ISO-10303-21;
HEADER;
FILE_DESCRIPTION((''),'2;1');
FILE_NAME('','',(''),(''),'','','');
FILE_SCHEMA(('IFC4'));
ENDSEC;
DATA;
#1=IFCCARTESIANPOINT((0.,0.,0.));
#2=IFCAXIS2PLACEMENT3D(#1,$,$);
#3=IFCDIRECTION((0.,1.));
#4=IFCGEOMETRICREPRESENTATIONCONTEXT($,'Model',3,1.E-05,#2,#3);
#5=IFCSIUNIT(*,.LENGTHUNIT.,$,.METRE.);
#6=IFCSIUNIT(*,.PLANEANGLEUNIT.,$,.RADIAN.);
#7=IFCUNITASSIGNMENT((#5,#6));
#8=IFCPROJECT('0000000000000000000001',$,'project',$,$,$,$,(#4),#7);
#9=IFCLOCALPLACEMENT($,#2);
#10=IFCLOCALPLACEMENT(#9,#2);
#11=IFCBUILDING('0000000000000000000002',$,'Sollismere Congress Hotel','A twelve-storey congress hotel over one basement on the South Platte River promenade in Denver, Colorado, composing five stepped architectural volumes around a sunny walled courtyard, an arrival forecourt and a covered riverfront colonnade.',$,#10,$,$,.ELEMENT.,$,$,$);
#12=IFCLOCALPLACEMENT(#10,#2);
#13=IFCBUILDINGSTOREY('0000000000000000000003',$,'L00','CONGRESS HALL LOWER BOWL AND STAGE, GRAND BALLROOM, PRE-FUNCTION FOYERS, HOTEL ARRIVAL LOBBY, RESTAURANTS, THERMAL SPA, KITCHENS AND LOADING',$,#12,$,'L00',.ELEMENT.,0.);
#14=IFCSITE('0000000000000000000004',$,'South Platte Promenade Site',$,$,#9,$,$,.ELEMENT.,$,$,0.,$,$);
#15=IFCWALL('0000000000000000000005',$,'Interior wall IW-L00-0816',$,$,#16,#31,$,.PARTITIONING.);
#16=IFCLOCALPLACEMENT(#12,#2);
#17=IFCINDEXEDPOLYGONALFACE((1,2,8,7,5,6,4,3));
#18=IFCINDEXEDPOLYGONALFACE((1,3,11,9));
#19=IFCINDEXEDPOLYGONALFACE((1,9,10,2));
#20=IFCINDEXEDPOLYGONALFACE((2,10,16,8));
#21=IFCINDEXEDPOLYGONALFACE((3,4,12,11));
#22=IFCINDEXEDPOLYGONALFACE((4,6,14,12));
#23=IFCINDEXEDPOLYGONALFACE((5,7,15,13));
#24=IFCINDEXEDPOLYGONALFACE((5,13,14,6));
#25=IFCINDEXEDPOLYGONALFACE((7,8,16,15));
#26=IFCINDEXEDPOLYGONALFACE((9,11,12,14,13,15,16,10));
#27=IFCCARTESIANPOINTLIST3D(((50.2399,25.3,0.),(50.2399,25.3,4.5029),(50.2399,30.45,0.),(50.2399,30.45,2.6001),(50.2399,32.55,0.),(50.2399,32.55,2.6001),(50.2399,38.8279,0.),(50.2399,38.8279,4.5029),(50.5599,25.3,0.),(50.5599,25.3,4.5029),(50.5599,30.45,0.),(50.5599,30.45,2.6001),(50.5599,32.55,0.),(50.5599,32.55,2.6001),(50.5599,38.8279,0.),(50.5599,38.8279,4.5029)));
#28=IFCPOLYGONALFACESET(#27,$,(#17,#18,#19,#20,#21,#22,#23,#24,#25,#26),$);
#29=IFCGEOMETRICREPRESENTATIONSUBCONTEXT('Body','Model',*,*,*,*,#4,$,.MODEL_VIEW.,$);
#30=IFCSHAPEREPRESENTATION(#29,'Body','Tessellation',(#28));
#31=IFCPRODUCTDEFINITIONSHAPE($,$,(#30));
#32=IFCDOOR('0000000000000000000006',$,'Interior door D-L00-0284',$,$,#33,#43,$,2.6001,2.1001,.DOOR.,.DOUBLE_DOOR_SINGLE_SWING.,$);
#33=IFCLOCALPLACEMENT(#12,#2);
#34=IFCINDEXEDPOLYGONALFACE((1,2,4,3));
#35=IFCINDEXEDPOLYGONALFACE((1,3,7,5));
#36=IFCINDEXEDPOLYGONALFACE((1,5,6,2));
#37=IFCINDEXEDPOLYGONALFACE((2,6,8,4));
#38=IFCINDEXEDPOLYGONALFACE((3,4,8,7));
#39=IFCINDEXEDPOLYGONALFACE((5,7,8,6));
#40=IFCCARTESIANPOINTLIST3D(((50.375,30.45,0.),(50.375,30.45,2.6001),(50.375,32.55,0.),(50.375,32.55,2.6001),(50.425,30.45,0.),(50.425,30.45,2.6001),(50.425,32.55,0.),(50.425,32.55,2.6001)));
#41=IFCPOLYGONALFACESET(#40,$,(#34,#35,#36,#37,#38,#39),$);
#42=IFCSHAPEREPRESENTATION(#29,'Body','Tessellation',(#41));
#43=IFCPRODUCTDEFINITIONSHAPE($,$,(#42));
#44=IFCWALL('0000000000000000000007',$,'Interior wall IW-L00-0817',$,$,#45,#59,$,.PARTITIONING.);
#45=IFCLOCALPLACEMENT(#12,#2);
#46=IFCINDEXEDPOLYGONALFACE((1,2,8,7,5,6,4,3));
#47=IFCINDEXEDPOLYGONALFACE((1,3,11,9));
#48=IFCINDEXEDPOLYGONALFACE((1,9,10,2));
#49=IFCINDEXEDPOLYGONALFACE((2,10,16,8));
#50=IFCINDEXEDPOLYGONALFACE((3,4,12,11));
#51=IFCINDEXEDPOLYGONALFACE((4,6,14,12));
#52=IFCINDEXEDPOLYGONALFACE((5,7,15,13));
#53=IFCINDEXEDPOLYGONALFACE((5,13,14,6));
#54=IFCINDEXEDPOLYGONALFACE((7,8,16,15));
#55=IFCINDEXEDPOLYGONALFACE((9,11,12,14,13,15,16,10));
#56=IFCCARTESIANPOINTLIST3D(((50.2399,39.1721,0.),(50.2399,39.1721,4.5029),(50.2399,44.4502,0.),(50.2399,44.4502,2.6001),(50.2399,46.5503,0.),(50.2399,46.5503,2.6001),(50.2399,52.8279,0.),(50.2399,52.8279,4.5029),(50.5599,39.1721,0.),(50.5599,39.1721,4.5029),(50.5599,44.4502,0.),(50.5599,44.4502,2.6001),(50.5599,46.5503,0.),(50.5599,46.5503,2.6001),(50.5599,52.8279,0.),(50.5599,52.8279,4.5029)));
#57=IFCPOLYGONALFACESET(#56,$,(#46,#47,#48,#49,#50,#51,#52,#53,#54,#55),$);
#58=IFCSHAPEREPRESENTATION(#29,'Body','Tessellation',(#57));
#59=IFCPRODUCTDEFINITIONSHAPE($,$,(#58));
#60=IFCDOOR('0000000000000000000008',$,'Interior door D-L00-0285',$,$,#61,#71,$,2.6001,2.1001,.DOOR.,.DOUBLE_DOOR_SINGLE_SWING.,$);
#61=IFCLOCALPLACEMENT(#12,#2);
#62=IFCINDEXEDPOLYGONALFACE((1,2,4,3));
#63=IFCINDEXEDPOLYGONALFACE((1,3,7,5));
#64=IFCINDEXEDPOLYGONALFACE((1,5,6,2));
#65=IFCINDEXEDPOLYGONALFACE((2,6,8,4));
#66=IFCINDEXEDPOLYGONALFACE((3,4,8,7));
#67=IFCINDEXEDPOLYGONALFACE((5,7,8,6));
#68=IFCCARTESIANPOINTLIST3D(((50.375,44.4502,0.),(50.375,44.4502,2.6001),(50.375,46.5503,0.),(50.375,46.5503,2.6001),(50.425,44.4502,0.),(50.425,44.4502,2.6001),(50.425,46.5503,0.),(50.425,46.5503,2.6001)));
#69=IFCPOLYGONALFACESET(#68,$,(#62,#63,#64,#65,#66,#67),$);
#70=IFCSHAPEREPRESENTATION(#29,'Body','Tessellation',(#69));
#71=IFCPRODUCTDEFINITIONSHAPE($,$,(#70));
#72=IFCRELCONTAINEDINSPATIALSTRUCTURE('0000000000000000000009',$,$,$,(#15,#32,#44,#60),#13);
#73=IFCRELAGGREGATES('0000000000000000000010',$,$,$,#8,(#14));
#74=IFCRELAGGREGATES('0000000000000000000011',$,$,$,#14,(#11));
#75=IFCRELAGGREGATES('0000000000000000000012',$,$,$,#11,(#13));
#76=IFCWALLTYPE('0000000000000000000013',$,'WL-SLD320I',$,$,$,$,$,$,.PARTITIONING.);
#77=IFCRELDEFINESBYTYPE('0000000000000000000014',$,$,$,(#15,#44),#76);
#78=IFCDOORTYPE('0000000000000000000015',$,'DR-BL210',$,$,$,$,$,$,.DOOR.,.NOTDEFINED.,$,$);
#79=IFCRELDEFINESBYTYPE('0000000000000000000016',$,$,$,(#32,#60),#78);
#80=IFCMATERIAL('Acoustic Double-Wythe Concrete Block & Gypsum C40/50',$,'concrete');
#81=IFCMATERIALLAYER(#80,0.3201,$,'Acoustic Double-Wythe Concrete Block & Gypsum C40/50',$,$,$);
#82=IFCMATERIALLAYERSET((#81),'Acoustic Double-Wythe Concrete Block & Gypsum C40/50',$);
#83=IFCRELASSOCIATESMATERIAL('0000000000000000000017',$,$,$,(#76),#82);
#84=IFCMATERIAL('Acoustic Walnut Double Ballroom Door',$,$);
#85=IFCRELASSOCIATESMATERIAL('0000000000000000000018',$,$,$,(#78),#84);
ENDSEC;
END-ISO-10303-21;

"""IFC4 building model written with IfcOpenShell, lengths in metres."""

from ifc_helpers import new_model, si_unit, direction, frame, frame_2d, origin, place, context, subcontext, project, spatial, rectangle, extrude, material, layer, layer_set, type_object, element, fill, save


model = new_model("IFC4")

# Units and contexts
model_context = context("Model", 3, precision=1e-05, world=origin(), true_north=direction((0.0, 1.0)))
body_context = subcontext(model_context, "Body", "Model", "MODEL_VIEW")
ifc_project = project(units=[si_unit("LENGTHUNIT", "METRE"), si_unit("PLANEANGLEUNIT", "RADIAN")], contexts=[model_context])

# Site, building, storey
site_placement = place(None, origin())
site = spatial("IfcSite", under=ifc_project, at=site_placement, Name="South Platte Promenade Site", CompositionType="ELEMENT", RefElevation=0.0)
building_placement = place(site_placement, origin())
building = spatial("IfcBuilding", under=site, at=building_placement, Name="Sollismere Congress Hotel", Description="A twelve-storey congress hotel over one basement on the South Platte River promenade in Denver, Colorado, composing five stepped architectural volumes around a sunny walled courtyard, an arrival forecourt and a covered riverfront colonnade.", CompositionType="ELEMENT")
storey_placement = place(building_placement, origin())
storey = spatial("IfcBuildingStorey", under=building, at=storey_placement, Name="L00", Description="CONGRESS HALL LOWER BOWL AND STAGE, GRAND BALLROOM, PRE-FUNCTION FOYERS, HOTEL ARRIVAL LOBBY, RESTAURANTS, THERMAL SPA, KITCHENS AND LOADING", LongName="L00", CompositionType="ELEMENT", Elevation=0.0)

# Shared definitions
ifc_material_1 = material(Name="Acoustic Double-Wythe Concrete Block & Gypsum C40/50", Category="concrete")
ifc_layer_1 = layer(ifc_material_1, 0.3201, Name="Acoustic Double-Wythe Concrete Block & Gypsum C40/50")
ifc_layer_set_1 = layer_set([ifc_layer_1], Name="Acoustic Double-Wythe Concrete Block & Gypsum C40/50")
wall_type_1 = type_object("IfcWallType", Name="WL-SLD320I", PredefinedType="PARTITIONING", material=ifc_layer_set_1)

# Walls, openings, doors
ifc_material_2 = material(Name="Acoustic Walnut Double Ballroom Door")
door_type = type_object("IfcDoorType", Name="DR-BL210", OperationType="NOTDEFINED", PredefinedType="DOOR", material=ifc_material_2)
wall_1_placement = place(storey_placement, frame((50.3999, 25.3, 0.0), z_axis=(0.0, 0.0, 1.0), x_axis=(0.0, 1.0, 0.0)))
wall_1 = element("IfcWall", 1, at=wall_1_placement, inside=storey, type_object=wall_type_1, Name="Interior wall IW-L00-0816", PredefinedType="PARTITIONING", context=body_context, shape_type="SweptSolid", body=[
    extrude(rectangle(XDim=13.5278, YDim=0.3201, at=frame_2d((6.7639, 0.0))), origin(), (0.0, 0.0, 1.0), 4.5029),
])
opening_1_placement = place(wall_1_placement, frame((5.1499, 0.0, 0.0)))
opening_1 = element("IfcOpeningElement", 2, at=opening_1_placement, cuts=wall_1, PredefinedType="OPENING", context=body_context, shape_type="SweptSolid", body=[
    extrude(rectangle(XDim=2.1001, YDim=2.6001, at=frame_2d((1.05, 1.3))), frame((0.0, 0.1699, 0.0), z_axis=(0.0, -1.0, 0.0), x_axis=(1.0, 0.0, 0.0)), (0.0, 0.0, 1.0), 0.3401),
])
door_1_placement = place(opening_1_placement, origin())
door_1 = element("IfcDoor", 3, at=door_1_placement, inside=storey, type_object=door_type, Name="Interior door D-L00-0284", OperationType="DOUBLE_DOOR_SINGLE_SWING", OverallHeight=2.6001, OverallWidth=2.1001, PredefinedType="DOOR", context=body_context, shape_type="SweptSolid", body=[
    extrude(rectangle(XDim=2.1001, YDim=2.6001, at=frame_2d((1.05, 1.3))), frame((0.0, 0.0249, 0.0), z_axis=(0.0, -1.0, 0.0), x_axis=(1.0, 0.0, 0.0)), (0.0, 0.0, 1.0), 0.05),
])
fill(opening_1, door_1)
wall_2_placement = place(storey_placement, frame((50.3999, 39.1721, 0.0), z_axis=(0.0, 0.0, 1.0), x_axis=(0.0, 1.0, 0.0)))
wall_2 = element("IfcWall", 4, at=wall_2_placement, inside=storey, type_object=wall_type_1, Name="Interior wall IW-L00-0817", PredefinedType="PARTITIONING", context=body_context, shape_type="SweptSolid", body=[
    extrude(rectangle(XDim=13.6558, YDim=0.3201, at=frame_2d((6.8279, 0.0))), origin(), (0.0, 0.0, 1.0), 4.5029),
])
opening_2_placement = place(wall_2_placement, frame((5.2781, 0.0, 0.0)))
opening_2 = element("IfcOpeningElement", 5, at=opening_2_placement, cuts=wall_2, PredefinedType="OPENING", context=body_context, shape_type="SweptSolid", body=[
    extrude(rectangle(XDim=2.1001, YDim=2.6001, at=frame_2d((1.05, 1.3))), frame((0.0, 0.1699, 0.0), z_axis=(0.0, -1.0, 0.0), x_axis=(1.0, 0.0, 0.0)), (0.0, 0.0, 1.0), 0.3401),
])
door_2_placement = place(opening_2_placement, origin())
door_2 = element("IfcDoor", 6, at=door_2_placement, inside=storey, type_object=door_type, Name="Interior door D-L00-0285", OperationType="DOUBLE_DOOR_SINGLE_SWING", OverallHeight=2.6001, OverallWidth=2.1001, PredefinedType="DOOR", context=body_context, shape_type="SweptSolid", body=[
    extrude(rectangle(XDim=2.1001, YDim=2.6001, at=frame_2d((1.05, 1.3))), frame((0.0, 0.0249, 0.0), z_axis=(0.0, -1.0, 0.0), x_axis=(1.0, 0.0, 0.0)), (0.0, 0.0, 1.0), 0.05),
])
fill(opening_2, door_2)

save(model, "model.ifc")
